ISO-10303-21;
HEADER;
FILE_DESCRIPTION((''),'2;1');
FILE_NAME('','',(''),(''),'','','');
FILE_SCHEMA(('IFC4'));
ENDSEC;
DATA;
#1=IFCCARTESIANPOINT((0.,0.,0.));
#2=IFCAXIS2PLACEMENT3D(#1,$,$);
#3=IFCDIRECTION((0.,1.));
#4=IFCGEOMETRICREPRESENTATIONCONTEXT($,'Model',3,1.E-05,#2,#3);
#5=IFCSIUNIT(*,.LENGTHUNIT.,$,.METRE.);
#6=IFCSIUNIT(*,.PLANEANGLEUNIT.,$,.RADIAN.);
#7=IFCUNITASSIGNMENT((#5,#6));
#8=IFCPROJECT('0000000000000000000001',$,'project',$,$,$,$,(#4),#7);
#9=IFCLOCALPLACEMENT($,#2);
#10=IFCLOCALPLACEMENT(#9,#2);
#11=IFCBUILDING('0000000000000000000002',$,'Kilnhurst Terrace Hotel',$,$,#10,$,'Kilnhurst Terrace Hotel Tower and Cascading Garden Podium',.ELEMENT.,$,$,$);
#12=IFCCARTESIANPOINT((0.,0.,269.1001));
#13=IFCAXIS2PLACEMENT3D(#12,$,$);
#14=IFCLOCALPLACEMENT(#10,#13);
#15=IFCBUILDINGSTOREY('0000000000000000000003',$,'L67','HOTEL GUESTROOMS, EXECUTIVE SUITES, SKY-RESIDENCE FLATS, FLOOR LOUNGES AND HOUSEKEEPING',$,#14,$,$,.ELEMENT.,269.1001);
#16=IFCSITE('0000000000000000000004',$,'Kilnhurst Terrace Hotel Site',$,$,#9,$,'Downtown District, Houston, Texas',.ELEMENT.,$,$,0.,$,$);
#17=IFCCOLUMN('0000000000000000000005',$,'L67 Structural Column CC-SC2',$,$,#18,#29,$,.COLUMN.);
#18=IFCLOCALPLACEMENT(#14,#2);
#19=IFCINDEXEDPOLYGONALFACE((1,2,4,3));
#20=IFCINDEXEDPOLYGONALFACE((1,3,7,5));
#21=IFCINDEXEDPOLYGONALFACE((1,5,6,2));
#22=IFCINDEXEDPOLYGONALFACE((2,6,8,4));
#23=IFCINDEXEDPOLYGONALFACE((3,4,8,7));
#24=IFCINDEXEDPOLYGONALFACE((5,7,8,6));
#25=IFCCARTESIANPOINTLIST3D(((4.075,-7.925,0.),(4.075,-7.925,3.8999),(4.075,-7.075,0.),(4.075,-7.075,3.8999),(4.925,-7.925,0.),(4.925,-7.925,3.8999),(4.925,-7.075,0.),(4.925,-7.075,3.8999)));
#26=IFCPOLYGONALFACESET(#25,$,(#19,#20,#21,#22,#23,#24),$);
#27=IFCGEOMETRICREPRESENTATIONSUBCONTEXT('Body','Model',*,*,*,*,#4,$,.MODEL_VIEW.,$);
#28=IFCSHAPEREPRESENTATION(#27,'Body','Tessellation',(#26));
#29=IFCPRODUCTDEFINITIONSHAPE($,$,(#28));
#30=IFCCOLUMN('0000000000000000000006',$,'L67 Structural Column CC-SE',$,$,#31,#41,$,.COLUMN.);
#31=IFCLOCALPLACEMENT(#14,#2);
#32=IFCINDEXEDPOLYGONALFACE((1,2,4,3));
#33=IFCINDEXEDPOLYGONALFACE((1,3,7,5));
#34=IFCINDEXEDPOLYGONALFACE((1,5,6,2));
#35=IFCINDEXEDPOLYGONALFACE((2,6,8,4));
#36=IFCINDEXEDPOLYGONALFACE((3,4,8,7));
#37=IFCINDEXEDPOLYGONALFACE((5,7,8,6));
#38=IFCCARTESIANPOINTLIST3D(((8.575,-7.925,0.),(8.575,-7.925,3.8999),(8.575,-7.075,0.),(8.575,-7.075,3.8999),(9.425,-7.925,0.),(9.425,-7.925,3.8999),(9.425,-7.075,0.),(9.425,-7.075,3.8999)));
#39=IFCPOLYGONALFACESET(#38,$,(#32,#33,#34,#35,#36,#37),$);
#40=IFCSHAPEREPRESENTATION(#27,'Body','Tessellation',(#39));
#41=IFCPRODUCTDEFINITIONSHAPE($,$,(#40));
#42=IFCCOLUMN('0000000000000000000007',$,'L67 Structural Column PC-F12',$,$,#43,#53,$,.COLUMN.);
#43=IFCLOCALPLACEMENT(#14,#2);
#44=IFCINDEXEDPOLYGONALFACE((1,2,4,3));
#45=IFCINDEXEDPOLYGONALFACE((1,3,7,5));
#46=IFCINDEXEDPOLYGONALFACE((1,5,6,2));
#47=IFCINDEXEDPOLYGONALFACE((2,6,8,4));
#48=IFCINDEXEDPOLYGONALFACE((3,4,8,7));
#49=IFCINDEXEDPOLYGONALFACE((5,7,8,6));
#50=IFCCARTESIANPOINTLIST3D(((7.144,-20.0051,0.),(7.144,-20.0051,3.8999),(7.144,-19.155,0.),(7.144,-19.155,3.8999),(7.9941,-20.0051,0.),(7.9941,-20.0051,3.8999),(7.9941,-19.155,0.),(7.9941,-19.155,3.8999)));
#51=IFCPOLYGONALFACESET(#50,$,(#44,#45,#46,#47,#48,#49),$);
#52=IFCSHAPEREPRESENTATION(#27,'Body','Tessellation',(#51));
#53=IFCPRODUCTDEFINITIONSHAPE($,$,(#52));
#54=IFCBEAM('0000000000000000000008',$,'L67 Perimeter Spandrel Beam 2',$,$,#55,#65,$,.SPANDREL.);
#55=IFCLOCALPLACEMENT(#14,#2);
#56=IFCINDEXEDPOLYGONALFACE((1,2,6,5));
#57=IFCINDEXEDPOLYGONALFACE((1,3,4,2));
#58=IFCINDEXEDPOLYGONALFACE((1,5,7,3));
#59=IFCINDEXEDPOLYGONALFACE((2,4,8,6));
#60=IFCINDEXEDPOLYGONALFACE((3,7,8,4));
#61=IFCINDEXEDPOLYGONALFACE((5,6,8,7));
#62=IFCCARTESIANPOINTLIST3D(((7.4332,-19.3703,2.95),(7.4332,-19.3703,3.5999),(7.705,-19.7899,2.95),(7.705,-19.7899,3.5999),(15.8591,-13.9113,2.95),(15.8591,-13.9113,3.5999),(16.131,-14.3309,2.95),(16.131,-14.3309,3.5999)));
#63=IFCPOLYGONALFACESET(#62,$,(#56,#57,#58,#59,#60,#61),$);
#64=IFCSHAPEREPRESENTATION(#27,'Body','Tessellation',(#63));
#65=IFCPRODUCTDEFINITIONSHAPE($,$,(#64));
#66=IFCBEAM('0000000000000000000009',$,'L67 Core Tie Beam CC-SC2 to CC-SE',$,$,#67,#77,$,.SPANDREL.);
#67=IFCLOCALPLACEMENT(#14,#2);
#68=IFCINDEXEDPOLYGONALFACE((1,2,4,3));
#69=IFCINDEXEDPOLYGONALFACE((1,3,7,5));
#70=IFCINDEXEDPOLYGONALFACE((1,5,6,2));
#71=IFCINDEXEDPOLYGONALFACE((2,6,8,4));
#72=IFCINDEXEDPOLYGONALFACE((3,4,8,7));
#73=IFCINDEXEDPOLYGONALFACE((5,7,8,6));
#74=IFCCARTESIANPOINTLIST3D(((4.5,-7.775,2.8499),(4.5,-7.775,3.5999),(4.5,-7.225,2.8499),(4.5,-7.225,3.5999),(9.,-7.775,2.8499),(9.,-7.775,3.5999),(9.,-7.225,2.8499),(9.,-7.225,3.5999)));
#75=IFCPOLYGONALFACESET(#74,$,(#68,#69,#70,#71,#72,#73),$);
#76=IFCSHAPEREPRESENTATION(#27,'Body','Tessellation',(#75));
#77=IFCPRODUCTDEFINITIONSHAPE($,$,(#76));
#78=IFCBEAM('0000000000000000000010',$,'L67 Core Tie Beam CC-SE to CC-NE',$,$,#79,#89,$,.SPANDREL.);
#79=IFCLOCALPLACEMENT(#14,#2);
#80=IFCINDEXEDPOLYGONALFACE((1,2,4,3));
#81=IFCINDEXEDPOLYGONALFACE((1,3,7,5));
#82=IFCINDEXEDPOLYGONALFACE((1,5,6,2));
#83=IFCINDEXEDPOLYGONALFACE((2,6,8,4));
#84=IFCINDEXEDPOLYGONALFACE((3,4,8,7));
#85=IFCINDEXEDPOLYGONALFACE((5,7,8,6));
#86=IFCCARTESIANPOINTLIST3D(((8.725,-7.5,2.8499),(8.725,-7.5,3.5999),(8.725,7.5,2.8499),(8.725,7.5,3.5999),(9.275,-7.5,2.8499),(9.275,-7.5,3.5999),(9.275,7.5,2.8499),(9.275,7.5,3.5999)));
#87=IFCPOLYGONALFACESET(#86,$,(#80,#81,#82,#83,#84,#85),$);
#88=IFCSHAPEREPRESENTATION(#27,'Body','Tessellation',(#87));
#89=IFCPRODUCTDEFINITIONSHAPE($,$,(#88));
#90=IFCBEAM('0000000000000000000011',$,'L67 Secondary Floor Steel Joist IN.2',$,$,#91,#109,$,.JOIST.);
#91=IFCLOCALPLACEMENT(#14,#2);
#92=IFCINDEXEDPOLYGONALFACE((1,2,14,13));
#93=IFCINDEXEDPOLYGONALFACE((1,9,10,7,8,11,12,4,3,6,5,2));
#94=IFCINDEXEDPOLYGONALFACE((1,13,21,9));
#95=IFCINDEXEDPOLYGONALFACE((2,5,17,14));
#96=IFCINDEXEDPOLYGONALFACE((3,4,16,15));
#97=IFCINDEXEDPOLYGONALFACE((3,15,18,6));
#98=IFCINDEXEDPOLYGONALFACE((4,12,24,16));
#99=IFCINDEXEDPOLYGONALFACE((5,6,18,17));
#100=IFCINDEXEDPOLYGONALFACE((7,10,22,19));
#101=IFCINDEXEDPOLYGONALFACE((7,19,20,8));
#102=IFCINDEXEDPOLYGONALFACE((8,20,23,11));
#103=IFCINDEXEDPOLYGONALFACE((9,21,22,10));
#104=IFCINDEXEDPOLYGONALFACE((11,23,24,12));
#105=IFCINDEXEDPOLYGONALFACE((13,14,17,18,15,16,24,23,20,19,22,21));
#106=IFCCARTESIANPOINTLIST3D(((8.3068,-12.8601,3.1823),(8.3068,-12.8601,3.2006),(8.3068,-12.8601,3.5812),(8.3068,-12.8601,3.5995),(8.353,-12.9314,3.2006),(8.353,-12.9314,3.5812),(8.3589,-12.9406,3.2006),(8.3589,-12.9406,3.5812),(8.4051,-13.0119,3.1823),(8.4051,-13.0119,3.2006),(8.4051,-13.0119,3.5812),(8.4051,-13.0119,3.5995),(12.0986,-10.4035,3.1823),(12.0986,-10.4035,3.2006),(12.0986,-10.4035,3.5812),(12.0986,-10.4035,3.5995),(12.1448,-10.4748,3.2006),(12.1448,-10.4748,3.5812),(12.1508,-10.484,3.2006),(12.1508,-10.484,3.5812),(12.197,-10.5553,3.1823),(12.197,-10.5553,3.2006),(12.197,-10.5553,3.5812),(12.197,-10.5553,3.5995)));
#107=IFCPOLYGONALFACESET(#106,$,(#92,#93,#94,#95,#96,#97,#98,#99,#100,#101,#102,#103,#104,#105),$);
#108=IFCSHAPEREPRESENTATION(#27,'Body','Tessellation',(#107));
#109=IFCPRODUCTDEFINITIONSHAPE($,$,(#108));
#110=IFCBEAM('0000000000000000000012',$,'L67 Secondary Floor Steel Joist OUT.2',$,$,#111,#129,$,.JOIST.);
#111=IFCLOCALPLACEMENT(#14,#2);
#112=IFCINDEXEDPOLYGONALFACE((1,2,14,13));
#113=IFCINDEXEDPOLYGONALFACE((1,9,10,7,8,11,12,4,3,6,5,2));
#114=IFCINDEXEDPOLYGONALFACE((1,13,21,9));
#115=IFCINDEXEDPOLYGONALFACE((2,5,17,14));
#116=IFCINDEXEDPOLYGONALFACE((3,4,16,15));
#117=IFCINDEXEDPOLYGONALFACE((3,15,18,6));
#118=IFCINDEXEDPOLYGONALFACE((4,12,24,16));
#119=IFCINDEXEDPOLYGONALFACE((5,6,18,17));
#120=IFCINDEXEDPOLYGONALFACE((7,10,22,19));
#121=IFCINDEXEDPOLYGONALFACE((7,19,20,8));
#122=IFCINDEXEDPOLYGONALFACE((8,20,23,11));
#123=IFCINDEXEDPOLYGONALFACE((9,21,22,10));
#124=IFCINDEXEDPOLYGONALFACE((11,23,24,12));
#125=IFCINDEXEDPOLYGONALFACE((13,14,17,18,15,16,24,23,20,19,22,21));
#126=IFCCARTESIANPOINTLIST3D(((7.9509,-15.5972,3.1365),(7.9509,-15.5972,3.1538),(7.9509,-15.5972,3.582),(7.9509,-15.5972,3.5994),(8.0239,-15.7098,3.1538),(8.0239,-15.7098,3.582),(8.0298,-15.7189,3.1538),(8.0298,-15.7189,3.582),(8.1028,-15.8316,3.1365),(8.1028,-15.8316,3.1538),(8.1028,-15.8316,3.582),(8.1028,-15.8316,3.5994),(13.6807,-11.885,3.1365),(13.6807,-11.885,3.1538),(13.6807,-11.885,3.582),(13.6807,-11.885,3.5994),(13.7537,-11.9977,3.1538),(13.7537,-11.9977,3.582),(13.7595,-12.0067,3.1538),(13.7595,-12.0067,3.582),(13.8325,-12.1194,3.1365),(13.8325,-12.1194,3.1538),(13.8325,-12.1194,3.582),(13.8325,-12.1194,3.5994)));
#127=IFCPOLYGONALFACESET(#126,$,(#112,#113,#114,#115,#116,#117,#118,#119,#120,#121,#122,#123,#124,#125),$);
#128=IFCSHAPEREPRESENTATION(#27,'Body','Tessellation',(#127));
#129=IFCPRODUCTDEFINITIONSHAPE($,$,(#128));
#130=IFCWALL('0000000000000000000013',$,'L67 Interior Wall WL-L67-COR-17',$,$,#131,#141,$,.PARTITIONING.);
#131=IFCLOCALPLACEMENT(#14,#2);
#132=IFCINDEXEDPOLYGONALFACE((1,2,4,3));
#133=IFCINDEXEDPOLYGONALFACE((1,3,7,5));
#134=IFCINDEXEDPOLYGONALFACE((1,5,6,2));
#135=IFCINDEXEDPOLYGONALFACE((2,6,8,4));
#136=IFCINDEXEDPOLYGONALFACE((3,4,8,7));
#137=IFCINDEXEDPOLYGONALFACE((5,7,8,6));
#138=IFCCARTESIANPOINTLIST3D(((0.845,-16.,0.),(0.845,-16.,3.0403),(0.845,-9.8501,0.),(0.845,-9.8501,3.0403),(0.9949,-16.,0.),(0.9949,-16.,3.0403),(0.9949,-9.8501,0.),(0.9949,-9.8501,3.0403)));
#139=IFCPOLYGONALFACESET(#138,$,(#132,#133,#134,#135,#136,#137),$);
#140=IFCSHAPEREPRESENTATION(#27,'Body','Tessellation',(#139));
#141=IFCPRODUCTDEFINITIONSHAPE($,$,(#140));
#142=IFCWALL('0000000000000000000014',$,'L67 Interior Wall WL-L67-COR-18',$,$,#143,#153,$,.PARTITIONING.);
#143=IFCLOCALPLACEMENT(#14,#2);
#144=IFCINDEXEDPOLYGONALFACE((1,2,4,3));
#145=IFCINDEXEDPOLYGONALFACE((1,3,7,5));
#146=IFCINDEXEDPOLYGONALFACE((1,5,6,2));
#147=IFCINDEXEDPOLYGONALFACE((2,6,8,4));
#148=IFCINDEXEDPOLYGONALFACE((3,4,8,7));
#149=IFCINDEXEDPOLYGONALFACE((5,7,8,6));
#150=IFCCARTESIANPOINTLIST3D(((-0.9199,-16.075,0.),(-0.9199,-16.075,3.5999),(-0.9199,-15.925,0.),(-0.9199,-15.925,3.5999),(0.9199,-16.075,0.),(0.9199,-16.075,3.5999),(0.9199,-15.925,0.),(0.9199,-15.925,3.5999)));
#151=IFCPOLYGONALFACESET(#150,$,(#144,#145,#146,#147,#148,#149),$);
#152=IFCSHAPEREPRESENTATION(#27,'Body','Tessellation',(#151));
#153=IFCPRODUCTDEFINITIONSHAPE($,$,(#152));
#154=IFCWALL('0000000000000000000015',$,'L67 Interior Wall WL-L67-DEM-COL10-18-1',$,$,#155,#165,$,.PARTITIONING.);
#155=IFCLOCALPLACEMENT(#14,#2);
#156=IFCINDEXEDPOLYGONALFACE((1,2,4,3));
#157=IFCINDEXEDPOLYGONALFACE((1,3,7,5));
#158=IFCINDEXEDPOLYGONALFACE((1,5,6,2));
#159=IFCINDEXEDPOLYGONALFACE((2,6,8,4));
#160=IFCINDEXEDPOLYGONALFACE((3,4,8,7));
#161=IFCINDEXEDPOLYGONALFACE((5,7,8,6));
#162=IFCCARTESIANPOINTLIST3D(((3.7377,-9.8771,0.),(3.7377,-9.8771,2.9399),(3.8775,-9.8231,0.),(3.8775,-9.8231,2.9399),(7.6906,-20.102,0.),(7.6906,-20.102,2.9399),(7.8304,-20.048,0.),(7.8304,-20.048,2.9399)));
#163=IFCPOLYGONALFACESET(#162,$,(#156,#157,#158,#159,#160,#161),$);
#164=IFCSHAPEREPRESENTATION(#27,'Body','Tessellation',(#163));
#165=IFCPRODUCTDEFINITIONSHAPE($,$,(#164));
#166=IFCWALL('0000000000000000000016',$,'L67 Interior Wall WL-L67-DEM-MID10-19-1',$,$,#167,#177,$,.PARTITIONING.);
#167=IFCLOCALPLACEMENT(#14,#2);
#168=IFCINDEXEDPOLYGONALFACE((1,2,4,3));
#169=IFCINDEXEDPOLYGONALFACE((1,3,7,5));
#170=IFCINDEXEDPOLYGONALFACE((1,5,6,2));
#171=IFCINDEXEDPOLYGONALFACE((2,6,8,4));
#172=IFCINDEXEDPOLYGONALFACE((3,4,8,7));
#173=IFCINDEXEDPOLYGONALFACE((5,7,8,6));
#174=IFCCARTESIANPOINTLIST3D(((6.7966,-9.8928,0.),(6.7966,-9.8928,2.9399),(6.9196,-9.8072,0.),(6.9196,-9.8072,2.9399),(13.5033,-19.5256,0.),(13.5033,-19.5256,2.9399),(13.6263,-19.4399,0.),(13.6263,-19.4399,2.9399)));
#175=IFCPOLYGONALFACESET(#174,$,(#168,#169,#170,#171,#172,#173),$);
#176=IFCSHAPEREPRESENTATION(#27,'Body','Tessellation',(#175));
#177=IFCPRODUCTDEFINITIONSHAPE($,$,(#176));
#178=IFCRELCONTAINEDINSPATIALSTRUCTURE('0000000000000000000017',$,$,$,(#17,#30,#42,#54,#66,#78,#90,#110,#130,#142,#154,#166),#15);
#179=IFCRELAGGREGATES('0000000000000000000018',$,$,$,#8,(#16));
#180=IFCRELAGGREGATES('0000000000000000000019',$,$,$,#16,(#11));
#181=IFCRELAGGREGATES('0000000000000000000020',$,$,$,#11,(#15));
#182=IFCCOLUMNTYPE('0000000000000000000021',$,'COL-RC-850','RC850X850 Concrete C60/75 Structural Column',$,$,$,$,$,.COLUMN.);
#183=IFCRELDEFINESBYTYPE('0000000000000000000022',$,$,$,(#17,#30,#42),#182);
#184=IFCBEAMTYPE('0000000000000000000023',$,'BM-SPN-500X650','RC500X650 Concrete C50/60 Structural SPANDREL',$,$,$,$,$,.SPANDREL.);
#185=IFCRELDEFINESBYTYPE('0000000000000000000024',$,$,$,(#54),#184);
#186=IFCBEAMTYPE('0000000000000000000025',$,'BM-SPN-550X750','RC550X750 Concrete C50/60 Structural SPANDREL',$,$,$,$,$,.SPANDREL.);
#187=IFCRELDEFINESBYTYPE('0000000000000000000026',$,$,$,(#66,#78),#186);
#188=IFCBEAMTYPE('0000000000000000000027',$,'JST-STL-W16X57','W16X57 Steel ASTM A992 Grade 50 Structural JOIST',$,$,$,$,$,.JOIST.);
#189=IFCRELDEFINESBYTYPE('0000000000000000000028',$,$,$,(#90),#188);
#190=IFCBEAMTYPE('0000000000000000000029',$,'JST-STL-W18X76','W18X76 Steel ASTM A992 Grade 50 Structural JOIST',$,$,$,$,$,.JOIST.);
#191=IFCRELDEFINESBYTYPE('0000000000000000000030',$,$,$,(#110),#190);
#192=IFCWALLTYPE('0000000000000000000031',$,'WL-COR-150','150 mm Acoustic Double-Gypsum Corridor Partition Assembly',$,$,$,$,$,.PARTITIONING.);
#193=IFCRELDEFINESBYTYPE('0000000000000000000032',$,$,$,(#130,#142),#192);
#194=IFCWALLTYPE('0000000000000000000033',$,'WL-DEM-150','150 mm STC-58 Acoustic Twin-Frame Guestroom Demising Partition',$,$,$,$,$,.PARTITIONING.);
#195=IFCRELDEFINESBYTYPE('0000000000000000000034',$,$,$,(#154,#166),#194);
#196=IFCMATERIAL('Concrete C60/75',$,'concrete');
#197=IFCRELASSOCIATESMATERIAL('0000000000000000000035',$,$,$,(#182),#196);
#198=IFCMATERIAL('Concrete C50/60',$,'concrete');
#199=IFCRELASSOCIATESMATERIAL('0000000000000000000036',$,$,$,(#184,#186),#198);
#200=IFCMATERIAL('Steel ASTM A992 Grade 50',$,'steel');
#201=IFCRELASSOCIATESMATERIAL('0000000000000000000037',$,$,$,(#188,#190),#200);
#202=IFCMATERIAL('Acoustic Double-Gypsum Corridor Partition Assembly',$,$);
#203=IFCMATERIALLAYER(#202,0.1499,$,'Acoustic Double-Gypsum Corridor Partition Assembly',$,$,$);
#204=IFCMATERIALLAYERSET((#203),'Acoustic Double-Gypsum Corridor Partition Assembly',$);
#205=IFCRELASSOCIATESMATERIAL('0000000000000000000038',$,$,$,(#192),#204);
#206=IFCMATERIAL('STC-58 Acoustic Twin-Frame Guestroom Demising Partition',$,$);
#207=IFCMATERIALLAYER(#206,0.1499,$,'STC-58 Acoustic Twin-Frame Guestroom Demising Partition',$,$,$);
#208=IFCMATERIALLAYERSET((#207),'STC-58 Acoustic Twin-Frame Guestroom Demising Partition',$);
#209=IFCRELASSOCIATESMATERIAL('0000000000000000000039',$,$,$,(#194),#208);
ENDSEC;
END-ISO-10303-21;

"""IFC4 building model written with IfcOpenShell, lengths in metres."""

from ifc_helpers import new_model, si_unit, direction, frame, frame_2d, origin, origin_2d, place, context, subcontext, project, spatial, rectangle, i_section, extrude, material, layer, layer_set, material_profile, profile_set, type_object, element, save


model = new_model("IFC4")

# Units and contexts
model_context = context("Model", 3, precision=1e-05, world=origin(), true_north=direction((0.0, 1.0)))
body_context = subcontext(model_context, "Body", "Model", "MODEL_VIEW")
ifc_project = project(units=[si_unit("LENGTHUNIT", "METRE"), si_unit("PLANEANGLEUNIT", "RADIAN")], contexts=[model_context])

# Site, building, storey
site_placement = place(None, origin())
site = spatial("IfcSite", under=ifc_project, at=site_placement, Name="Kilnhurst Terrace Hotel Site", LongName="Downtown District, Houston, Texas", CompositionType="ELEMENT", RefElevation=0.0)
building_placement = place(site_placement, origin())
building = spatial("IfcBuilding", under=site, at=building_placement, Name="Kilnhurst Terrace Hotel", LongName="Kilnhurst Terrace Hotel Tower and Cascading Garden Podium", CompositionType="ELEMENT")
storey_placement = place(building_placement, frame((0.0, 0.0, 269.1001)))
storey = spatial("IfcBuildingStorey", under=building, at=storey_placement, Name="L67", Description="HOTEL GUESTROOMS, EXECUTIVE SUITES, SKY-RESIDENCE FLATS, FLOOR LOUNGES AND HOUSEKEEPING", CompositionType="ELEMENT", Elevation=269.1001)

# Columns
ifc_material_1 = material(Name="Concrete C60/75", Category="concrete")
ifc_material_profile_1 = material_profile(ifc_material_1, rectangle(XDim=0.8501, YDim=0.8501, at=origin_2d()), Name="RC850X850")
ifc_profile_set_1 = profile_set([ifc_material_profile_1], Name="Concrete C60/75")
column_type = type_object("IfcColumnType", Name="COL-RC-850", Description="RC850X850 Concrete C60/75 Structural Column", PredefinedType="COLUMN", material=ifc_profile_set_1)
for number, where, z_axis, x_axis, name in (
    (1, (4.5, -7.5, 0.0), (0.0, 0.0, 1.0), (1.0, 0.0, 0.0), "L67 Structural Column CC-SC2"),
    (2, (9.0, -7.5, 0.0), (0.0, 0.0, 1.0), (1.0, 0.0, 0.0), "L67 Structural Column CC-SE"),
    (3, (7.5691, -19.5801, 0.0), (0.0, 0.0, 1.0), (1.0, 0.0, 0.0), "L67 Structural Column PC-F12"),
):
    element("IfcColumn", number, at=place(storey_placement, frame(where, z_axis=z_axis, x_axis=x_axis)), inside=storey, type_object=column_type, Name=name, PredefinedType="COLUMN", context=body_context, shape_type="SweptSolid", body=[
        extrude(rectangle(XDim=0.8501, YDim=0.8501, at=origin_2d()), origin(), (0.0, 0.0, 1.0), 3.8999),
    ])

# Beams
ifc_material_2 = material(Name="Concrete C50/60", Category="concrete")
ifc_material_profile_2 = material_profile(ifc_material_2, rectangle(XDim=0.5, YDim=0.6499, at=origin_2d()), Name="RC500X650")
ifc_profile_set_2 = profile_set([ifc_material_profile_2], Name="Concrete C50/60")
beam_type_1 = type_object("IfcBeamType", Name="BM-SPN-500X650", Description="RC500X650 Concrete C50/60 Structural SPANDREL", PredefinedType="SPANDREL", material=ifc_profile_set_2)
beam_1_placement = place(storey_placement, frame((7.5691, -19.5801, 3.2749), z_axis=(0.839259, 0.543732, 0.0), x_axis=(-0.543732, 0.839259, 0.0)))
element("IfcBeam", 4, at=beam_1_placement, inside=storey, type_object=beam_type_1, Name="L67 Perimeter Spandrel Beam 2", PredefinedType="SPANDREL", context=body_context, shape_type="SweptSolid", body=[
    extrude(rectangle(XDim=0.5, YDim=0.6499, at=origin_2d()), origin(), (0.0, 0.0, 1.0), 10.0398),
])
ifc_material_profile_3 = material_profile(ifc_material_2, rectangle(XDim=0.55, YDim=0.75, at=origin_2d()), Name="RC550X750")
ifc_profile_set_3 = profile_set([ifc_material_profile_3], Name="Concrete C50/60")
beam_type_2 = type_object("IfcBeamType", Name="BM-SPN-550X750", Description="RC550X750 Concrete C50/60 Structural SPANDREL", PredefinedType="SPANDREL", material=ifc_profile_set_3)
beam_2_placement = place(storey_placement, frame((4.5, -7.5, 3.2249), z_axis=(1.0, 0.0, 0.0), x_axis=(0.0, 1.0, 0.0)))
element("IfcBeam", 5, at=beam_2_placement, inside=storey, type_object=beam_type_2, Name="L67 Core Tie Beam CC-SC2 to CC-SE", PredefinedType="SPANDREL", context=body_context, shape_type="SweptSolid", body=[
    extrude(rectangle(XDim=0.55, YDim=0.75, at=origin_2d()), origin(), (0.0, 0.0, 1.0), 4.5),
])
beam_3_placement = place(storey_placement, frame((9.0, -7.5, 3.2249), z_axis=(0.0, 1.0, 0.0), x_axis=(-1.0, 0.0, 0.0)))
element("IfcBeam", 6, at=beam_3_placement, inside=storey, type_object=beam_type_2, Name="L67 Core Tie Beam CC-SE to CC-NE", PredefinedType="SPANDREL", context=body_context, shape_type="SweptSolid", body=[
    extrude(rectangle(XDim=0.55, YDim=0.75, at=origin_2d()), origin(), (0.0, 0.0, 1.0), 15.0),
])
ifc_material_3 = material(Name="Steel ASTM A992 Grade 50", Category="steel")
ifc_material_profile_4 = material_profile(ifc_material_3, i_section(OverallWidth=0.1809, OverallDepth=0.4172, WebThickness=0.011, FlangeThickness=0.0183, at=origin_2d()), Name="W16X57")
ifc_profile_set_4 = profile_set([ifc_material_profile_4], Name="Steel ASTM A992 Grade 50")
beam_type_3 = type_object("IfcBeamType", Name="JST-STL-W16X57", Description="W16X57 Steel ASTM A992 Grade 50 Structural JOIST", PredefinedType="JOIST", material=ifc_profile_set_4)
beam_4_placement = place(storey_placement, frame((8.356, -12.936, 3.3909), z_axis=(0.839261, 0.543728, 0.0), x_axis=(-0.543728, 0.839261, 0.0)))
element("IfcBeam", 7, at=beam_4_placement, inside=storey, type_object=beam_type_3, Name="L67 Secondary Floor Steel Joist IN.2", PredefinedType="JOIST", context=body_context, shape_type="SweptSolid", body=[
    extrude(i_section(OverallWidth=0.1809, OverallDepth=0.4172, WebThickness=0.011, FlangeThickness=0.0183, at=origin_2d()), origin(), (0.0, 0.0, 1.0), 4.5181),
])
ifc_material_profile_5 = material_profile(ifc_material_3, i_section(OverallWidth=0.2793, OverallDepth=0.4629, WebThickness=0.0107, FlangeThickness=0.0173, at=origin_2d()), Name="W18X76")
ifc_profile_set_5 = profile_set([ifc_material_profile_5], Name="Steel ASTM A992 Grade 50")
beam_type_4 = type_object("IfcBeamType", Name="JST-STL-W18X76", Description="W18X76 Steel ASTM A992 Grade 50 Structural JOIST", PredefinedType="JOIST", material=ifc_profile_set_5)
beam_5_placement = place(storey_placement, frame((8.0269, -15.7144, 3.3679), z_axis=(0.839257, 0.543735, 0.0), x_axis=(-0.543735, 0.839257, 0.0)))
element("IfcBeam", 8, at=beam_5_placement, inside=storey, type_object=beam_type_4, Name="L67 Secondary Floor Steel Joist OUT.2", PredefinedType="JOIST", context=body_context, shape_type="SweptSolid", body=[
    extrude(i_section(OverallWidth=0.2793, OverallDepth=0.4629, WebThickness=0.0107, FlangeThickness=0.0173, at=origin_2d()), origin(), (0.0, 0.0, 1.0), 6.8271),
])

# Walls
ifc_material_4 = material(Name="Acoustic Double-Gypsum Corridor Partition Assembly")
ifc_layer_1 = layer(ifc_material_4, 0.1499, Name="Acoustic Double-Gypsum Corridor Partition Assembly")
ifc_layer_set_1 = layer_set([ifc_layer_1], Name="Acoustic Double-Gypsum Corridor Partition Assembly")
wall_type_1 = type_object("IfcWallType", Name="WL-COR-150", Description="150 mm Acoustic Double-Gypsum Corridor Partition Assembly", PredefinedType="PARTITIONING", material=ifc_layer_set_1)
wall_1_placement = place(storey_placement, frame((0.9199, -9.8501, 0.0), z_axis=(0.0, 0.0, 1.0), x_axis=(0.0, -1.0, 0.0)))
element("IfcWall", 9, at=wall_1_placement, inside=storey, type_object=wall_type_1, Name="L67 Interior Wall WL-L67-COR-17", PredefinedType="PARTITIONING", context=body_context, shape_type="SweptSolid", body=[
    extrude(rectangle(XDim=6.1499, YDim=0.1499, at=frame_2d((3.075, 0.0))), origin(), (0.0, 0.0, 1.0), 3.0403),
])
wall_2_placement = place(storey_placement, frame((0.9199, -16.0, 0.0), z_axis=(0.0, 0.0, 1.0), x_axis=(-1.0, 0.0, 0.0)))
element("IfcWall", 10, at=wall_2_placement, inside=storey, type_object=wall_type_1, Name="L67 Interior Wall WL-L67-COR-18", PredefinedType="PARTITIONING", context=body_context, shape_type="SweptSolid", body=[
    extrude(rectangle(XDim=1.8398, YDim=0.1499, at=frame_2d((0.9199, 0.0))), origin(), (0.0, 0.0, 1.0), 3.5999),
])
ifc_material_5 = material(Name="STC-58 Acoustic Twin-Frame Guestroom Demising Partition")
ifc_layer_2 = layer(ifc_material_5, 0.1499, Name="STC-58 Acoustic Twin-Frame Guestroom Demising Partition")
ifc_layer_set_2 = layer_set([ifc_layer_2], Name="STC-58 Acoustic Twin-Frame Guestroom Demising Partition")
wall_type_2 = type_object("IfcWallType", Name="WL-DEM-150", Description="150 mm STC-58 Acoustic Twin-Frame Guestroom Demising Partition", PredefinedType="PARTITIONING", material=ifc_layer_set_2)
wall_3_placement = place(storey_placement, frame((3.8076, -9.8501, 0.0), z_axis=(0.0, 0.0, 1.0), x_axis=(0.360587, -0.932725, 0.0)))
element("IfcWall", 11, at=wall_3_placement, inside=storey, type_object=wall_type_2, Name="L67 Interior Wall WL-L67-DEM-COL10-18-1", PredefinedType="PARTITIONING", context=body_context, shape_type="SweptSolid", body=[
    extrude(rectangle(XDim=10.9624, YDim=0.1499, at=frame_2d((5.4812, 0.0))), origin(), (0.0, 0.0, 1.0), 2.9399),
])
wall_4_placement = place(storey_placement, frame((6.8582, -9.8501, 0.0), z_axis=(0.0, 0.0, 1.0), x_axis=(0.571392, -0.820677, 0.0)))
element("IfcWall", 12, at=wall_4_placement, inside=storey, type_object=wall_type_2, Name="L67 Interior Wall WL-L67-DEM-MID10-19-1", PredefinedType="PARTITIONING", context=body_context, shape_type="SweptSolid", body=[
    extrude(rectangle(XDim=11.7375, YDim=0.1499, at=frame_2d((5.8687, 0.0))), origin(), (0.0, 0.0, 1.0), 2.9399),
])

save(model, "model.ifc")
